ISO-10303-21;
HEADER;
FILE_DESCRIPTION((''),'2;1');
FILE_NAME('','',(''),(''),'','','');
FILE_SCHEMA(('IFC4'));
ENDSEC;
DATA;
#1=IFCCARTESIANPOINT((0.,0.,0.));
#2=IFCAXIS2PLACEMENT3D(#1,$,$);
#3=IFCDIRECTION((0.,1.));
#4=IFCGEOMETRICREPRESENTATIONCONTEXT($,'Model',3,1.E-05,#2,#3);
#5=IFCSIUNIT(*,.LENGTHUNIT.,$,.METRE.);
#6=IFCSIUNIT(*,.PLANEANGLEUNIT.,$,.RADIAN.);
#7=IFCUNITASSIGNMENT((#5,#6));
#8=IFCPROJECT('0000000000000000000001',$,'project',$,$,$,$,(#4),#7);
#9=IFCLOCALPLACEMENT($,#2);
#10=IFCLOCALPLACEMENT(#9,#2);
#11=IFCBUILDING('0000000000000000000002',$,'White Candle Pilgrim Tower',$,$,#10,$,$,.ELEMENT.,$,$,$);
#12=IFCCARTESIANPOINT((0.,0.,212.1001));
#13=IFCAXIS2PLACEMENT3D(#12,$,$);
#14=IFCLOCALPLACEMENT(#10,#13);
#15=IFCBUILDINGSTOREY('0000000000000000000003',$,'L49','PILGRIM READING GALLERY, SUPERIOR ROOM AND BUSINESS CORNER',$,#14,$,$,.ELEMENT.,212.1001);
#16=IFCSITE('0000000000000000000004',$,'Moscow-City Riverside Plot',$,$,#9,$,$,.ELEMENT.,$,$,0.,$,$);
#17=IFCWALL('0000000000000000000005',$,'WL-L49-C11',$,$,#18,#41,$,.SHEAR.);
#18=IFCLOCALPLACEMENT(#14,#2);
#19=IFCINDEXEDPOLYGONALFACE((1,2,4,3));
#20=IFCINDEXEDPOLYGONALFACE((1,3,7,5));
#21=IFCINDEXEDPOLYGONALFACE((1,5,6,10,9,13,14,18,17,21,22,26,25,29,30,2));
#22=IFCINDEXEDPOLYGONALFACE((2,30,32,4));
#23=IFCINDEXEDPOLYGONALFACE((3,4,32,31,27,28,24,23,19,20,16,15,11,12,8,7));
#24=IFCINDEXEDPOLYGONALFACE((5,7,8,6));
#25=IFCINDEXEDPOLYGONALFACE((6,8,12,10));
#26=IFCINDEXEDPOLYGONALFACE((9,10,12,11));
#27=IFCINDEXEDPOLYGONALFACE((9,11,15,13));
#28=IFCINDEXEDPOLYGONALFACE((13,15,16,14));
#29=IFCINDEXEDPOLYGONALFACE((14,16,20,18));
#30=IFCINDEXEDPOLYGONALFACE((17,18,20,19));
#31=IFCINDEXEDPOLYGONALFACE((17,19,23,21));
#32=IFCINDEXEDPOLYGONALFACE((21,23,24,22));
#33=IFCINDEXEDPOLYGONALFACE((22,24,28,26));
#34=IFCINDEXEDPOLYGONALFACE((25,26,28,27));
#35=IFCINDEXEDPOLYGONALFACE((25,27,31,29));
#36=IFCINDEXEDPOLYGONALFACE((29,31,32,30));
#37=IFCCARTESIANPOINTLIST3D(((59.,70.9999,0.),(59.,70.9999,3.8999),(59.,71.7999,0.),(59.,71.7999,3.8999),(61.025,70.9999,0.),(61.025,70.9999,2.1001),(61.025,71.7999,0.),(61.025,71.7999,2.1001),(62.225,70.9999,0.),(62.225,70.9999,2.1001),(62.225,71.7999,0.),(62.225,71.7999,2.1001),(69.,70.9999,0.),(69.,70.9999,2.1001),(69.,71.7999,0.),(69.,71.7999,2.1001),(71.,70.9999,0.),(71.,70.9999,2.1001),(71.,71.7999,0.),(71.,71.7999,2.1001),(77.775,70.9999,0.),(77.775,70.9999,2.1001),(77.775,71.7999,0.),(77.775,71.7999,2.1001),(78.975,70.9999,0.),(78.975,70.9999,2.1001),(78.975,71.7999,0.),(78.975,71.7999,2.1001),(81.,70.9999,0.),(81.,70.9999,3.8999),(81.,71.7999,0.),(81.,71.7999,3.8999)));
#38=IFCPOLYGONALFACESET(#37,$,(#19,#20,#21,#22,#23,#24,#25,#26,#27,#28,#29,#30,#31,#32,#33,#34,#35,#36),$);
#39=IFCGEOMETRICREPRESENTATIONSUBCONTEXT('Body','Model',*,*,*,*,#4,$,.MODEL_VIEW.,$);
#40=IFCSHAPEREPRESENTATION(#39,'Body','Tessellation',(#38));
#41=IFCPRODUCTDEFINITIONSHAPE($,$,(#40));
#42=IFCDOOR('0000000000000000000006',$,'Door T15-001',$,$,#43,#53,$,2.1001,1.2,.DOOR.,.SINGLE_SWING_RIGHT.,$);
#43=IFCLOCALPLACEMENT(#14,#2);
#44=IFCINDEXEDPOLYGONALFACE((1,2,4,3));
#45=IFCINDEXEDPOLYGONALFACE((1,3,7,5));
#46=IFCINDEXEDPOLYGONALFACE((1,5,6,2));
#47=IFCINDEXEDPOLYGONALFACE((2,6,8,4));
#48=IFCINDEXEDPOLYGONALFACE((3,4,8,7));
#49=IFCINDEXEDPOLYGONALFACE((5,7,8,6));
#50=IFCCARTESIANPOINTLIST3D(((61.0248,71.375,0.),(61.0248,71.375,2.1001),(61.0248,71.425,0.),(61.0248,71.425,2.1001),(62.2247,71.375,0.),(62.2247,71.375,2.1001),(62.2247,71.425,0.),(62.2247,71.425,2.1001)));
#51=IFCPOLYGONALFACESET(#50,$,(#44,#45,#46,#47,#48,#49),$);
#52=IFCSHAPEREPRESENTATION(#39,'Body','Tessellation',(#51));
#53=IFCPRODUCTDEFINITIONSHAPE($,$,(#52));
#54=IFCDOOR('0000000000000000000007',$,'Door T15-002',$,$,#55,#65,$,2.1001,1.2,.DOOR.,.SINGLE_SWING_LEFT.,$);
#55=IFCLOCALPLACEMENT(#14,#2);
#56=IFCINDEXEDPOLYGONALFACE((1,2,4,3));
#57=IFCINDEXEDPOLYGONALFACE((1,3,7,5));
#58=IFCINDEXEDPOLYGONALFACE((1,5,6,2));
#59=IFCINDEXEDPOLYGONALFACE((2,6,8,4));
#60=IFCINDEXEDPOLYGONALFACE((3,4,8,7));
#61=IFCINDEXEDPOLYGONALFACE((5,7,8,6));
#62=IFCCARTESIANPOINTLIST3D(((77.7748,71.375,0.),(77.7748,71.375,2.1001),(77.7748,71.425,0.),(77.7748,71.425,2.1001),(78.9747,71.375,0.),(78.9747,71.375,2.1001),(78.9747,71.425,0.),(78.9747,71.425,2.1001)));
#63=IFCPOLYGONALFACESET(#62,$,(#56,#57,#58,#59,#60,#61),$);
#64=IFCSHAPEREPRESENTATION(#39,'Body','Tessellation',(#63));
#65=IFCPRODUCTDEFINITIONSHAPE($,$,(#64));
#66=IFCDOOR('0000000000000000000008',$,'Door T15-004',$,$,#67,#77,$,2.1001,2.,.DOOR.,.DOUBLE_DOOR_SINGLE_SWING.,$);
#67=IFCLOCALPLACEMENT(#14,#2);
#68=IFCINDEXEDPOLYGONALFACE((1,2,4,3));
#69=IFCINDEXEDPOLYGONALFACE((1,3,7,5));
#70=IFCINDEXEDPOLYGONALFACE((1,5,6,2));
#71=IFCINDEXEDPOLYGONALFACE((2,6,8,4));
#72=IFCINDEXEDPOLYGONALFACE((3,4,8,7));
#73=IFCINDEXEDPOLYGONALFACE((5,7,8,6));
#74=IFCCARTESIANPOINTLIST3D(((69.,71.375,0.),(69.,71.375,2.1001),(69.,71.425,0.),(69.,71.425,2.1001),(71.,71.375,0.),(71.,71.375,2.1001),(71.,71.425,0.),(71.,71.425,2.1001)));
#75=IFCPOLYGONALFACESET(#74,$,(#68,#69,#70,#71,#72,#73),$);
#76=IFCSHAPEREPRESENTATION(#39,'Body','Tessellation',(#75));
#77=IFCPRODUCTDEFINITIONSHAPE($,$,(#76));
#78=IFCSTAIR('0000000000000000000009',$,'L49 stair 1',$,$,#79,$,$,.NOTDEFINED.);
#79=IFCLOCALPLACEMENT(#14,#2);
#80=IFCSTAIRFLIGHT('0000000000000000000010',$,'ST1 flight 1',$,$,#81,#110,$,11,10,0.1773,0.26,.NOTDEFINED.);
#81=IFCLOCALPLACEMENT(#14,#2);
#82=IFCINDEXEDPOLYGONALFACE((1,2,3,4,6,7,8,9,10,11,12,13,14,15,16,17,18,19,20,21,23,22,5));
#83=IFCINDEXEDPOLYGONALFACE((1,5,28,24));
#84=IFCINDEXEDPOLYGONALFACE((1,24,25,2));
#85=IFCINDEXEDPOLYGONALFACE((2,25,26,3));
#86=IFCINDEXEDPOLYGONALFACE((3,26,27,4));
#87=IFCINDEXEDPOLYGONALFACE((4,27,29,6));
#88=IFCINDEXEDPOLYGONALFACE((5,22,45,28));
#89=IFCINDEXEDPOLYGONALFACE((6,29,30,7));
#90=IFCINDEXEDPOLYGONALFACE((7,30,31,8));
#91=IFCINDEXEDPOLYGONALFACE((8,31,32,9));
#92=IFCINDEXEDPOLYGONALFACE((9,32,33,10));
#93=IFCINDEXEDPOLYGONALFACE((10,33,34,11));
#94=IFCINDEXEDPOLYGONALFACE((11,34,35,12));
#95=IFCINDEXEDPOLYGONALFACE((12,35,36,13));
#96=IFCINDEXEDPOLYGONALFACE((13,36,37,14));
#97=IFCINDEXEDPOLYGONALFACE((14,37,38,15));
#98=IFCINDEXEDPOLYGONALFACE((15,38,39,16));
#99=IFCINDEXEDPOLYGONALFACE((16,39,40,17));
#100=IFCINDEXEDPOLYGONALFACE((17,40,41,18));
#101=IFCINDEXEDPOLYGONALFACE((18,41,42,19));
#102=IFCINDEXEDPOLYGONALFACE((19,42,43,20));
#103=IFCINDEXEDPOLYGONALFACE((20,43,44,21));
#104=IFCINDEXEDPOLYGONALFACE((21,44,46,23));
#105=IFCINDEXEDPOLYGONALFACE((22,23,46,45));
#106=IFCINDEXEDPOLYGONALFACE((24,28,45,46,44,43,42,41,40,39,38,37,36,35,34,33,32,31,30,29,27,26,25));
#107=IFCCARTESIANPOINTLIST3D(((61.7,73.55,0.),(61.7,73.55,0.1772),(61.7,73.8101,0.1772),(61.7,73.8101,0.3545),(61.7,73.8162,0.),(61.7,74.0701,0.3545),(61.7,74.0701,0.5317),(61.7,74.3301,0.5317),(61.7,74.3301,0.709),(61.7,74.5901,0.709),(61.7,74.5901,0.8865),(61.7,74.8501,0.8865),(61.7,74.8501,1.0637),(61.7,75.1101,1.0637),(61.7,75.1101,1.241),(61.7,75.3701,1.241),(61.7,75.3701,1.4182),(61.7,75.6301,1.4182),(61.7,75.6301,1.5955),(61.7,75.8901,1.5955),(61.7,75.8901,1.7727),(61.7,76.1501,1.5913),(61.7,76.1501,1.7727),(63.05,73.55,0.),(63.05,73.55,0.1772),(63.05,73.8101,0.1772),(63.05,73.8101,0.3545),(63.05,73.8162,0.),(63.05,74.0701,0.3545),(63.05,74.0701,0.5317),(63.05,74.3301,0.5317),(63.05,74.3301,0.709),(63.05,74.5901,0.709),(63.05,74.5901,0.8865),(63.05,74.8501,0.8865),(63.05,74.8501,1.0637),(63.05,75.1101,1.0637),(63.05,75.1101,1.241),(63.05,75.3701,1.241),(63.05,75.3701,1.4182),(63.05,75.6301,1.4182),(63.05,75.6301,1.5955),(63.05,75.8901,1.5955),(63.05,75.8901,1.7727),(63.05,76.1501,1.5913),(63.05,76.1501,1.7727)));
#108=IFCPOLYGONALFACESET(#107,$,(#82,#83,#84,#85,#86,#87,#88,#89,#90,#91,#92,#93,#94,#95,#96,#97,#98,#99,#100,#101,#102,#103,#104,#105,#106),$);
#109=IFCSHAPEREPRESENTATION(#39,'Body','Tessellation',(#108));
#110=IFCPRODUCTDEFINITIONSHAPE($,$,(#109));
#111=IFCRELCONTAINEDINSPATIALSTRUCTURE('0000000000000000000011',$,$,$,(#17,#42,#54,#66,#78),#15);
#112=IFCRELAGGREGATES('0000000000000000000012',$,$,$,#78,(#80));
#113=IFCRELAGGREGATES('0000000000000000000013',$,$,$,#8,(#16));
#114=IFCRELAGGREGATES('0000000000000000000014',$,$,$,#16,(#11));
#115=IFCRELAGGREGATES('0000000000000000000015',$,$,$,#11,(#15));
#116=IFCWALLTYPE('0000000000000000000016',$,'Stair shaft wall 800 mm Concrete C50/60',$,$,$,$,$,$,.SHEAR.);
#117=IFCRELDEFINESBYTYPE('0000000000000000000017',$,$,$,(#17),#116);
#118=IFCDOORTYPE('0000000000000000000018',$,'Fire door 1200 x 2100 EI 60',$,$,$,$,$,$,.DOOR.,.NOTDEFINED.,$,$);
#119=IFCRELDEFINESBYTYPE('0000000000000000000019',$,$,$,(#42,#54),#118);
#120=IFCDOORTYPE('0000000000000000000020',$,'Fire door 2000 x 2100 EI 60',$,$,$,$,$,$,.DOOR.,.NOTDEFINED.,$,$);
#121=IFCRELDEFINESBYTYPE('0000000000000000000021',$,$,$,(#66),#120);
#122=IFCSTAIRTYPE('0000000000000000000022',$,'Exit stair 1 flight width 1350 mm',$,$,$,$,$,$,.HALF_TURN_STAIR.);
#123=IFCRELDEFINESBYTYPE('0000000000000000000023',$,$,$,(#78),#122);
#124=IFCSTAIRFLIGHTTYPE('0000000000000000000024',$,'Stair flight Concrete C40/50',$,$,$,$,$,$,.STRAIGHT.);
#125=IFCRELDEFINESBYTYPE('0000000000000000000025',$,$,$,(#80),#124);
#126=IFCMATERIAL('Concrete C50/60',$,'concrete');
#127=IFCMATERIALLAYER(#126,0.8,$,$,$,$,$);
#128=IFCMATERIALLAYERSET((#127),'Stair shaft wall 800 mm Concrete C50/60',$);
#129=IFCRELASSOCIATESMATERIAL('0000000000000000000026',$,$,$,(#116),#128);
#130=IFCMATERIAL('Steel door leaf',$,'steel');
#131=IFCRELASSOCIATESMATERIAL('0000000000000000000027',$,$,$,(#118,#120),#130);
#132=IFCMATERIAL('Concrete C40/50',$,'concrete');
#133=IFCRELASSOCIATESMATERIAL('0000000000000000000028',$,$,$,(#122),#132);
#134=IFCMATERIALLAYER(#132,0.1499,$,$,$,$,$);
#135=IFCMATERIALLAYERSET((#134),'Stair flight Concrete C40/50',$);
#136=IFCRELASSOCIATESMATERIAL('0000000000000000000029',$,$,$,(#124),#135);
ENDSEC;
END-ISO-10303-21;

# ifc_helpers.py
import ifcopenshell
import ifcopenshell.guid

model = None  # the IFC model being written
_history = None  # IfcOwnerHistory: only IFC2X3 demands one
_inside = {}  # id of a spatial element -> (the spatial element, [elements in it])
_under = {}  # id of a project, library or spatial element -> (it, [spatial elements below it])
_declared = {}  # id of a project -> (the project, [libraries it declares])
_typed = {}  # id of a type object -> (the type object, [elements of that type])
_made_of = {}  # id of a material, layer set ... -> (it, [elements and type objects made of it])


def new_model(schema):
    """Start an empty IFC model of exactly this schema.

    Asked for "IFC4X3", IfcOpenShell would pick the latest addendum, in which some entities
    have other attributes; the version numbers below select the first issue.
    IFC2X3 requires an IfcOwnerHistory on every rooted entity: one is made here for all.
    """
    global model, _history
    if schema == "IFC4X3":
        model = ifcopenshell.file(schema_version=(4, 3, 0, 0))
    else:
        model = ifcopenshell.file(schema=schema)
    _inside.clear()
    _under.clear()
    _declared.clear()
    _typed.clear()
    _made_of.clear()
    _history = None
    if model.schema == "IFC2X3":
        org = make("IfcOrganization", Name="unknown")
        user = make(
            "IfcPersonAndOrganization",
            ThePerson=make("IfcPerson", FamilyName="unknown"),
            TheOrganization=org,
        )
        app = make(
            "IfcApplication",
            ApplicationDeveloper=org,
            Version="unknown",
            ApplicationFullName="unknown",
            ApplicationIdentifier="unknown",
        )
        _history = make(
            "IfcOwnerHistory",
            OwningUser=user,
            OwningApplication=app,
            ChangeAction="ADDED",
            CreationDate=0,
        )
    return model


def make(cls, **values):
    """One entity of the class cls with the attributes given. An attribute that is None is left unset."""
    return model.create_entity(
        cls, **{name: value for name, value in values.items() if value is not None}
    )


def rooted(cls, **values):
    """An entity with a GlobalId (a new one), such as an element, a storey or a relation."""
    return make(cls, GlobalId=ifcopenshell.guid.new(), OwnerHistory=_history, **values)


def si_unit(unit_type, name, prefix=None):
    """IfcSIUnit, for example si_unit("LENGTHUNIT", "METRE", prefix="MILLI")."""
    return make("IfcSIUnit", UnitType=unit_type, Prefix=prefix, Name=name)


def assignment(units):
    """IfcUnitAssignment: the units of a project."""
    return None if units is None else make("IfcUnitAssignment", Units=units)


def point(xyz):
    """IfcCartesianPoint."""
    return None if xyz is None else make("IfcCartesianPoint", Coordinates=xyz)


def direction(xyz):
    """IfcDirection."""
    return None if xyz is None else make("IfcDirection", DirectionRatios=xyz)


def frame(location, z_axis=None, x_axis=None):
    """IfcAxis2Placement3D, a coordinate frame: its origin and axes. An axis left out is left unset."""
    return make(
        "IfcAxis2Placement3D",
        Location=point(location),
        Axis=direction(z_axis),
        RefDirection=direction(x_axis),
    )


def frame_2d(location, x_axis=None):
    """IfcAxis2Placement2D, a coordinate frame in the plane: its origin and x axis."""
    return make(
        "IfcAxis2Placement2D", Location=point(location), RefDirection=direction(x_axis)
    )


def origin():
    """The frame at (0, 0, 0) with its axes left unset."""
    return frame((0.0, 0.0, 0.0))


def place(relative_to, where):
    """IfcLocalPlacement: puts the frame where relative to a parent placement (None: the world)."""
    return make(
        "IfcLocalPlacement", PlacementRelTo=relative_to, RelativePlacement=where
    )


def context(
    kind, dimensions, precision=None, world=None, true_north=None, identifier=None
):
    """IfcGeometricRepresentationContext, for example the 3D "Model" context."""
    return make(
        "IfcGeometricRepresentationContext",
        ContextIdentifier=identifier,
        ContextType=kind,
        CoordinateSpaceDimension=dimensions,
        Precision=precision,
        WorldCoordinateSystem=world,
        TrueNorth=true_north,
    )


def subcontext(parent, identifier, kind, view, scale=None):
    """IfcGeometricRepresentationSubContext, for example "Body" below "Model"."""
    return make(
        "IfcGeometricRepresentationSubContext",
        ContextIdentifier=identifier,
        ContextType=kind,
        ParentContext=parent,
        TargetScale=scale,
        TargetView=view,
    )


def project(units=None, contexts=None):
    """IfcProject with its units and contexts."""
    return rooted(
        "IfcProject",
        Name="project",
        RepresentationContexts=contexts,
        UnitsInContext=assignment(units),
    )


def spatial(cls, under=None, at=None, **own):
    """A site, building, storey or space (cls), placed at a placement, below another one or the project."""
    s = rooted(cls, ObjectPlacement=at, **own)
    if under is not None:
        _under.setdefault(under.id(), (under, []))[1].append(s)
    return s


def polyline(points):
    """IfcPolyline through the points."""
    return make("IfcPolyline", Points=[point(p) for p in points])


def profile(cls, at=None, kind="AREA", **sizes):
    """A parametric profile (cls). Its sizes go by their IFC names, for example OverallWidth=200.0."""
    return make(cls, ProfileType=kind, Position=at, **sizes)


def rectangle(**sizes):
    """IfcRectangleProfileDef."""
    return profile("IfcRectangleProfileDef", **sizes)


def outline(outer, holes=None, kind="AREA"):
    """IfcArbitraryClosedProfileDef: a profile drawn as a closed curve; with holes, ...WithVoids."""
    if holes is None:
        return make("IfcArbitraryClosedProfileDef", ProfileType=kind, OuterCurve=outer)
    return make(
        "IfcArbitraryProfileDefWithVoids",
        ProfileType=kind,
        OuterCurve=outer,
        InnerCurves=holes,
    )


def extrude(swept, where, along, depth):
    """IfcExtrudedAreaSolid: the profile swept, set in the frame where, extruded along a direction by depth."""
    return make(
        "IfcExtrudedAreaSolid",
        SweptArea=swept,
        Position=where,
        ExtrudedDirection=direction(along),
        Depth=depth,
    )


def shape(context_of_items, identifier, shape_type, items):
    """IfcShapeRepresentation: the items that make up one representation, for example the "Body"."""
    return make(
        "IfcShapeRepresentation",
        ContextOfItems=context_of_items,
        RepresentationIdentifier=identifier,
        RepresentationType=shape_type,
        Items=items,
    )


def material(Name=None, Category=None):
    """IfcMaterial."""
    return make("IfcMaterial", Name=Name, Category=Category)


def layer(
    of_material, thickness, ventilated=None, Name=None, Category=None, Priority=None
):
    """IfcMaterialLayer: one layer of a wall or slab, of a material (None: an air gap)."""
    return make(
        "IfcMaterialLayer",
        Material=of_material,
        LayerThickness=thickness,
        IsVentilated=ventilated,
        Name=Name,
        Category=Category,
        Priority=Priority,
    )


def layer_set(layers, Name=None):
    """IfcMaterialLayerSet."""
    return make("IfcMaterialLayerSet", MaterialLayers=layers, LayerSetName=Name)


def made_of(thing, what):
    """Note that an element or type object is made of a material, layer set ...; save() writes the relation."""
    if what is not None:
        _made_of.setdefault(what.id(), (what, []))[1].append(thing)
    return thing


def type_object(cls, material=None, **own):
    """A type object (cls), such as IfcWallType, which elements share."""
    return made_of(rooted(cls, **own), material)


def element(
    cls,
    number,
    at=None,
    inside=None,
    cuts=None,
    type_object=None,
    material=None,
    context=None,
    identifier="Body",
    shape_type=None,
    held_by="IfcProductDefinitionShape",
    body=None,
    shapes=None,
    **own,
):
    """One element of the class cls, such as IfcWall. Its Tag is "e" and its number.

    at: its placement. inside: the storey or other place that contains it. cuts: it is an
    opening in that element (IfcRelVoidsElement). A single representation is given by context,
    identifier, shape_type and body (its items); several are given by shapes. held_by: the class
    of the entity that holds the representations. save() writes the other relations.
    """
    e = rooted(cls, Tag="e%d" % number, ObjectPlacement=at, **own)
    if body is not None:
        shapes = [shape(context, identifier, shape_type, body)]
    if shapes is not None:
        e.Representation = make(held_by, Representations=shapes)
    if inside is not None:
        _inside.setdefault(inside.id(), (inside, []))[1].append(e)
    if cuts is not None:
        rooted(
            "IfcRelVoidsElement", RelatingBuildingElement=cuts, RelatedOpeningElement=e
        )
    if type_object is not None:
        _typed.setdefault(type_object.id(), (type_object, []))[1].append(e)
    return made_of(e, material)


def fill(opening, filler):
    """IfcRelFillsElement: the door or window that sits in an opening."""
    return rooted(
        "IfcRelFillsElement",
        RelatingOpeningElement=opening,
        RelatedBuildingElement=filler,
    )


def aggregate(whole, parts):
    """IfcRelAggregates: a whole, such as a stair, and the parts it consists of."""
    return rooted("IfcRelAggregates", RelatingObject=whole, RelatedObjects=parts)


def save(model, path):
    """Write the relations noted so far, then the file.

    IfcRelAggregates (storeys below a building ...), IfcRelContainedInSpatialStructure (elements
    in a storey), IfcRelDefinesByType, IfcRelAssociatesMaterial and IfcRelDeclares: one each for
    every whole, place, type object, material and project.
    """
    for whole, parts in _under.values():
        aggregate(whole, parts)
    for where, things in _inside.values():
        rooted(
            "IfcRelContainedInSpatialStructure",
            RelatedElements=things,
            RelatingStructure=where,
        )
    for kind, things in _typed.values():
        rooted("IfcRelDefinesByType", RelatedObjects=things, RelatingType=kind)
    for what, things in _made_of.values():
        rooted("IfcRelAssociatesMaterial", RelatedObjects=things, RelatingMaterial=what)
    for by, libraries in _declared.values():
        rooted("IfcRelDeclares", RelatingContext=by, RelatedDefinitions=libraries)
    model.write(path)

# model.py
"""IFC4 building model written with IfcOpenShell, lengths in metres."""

from ifc_helpers import new_model, si_unit, direction, frame, frame_2d, origin, place, context, subcontext, project, spatial, polyline, rectangle, outline, extrude, material, layer, layer_set, type_object, element, fill, aggregate, save


model = new_model("IFC4")

# Units and contexts
model_context = context("Model", 3, precision=1e-05, world=origin(), true_north=direction((0.0, 1.0)))
body_context = subcontext(model_context, "Body", "Model", "MODEL_VIEW")
ifc_project = project(units=[si_unit("LENGTHUNIT", "METRE"), si_unit("PLANEANGLEUNIT", "RADIAN")], contexts=[model_context])

# Site, building, storey
site_placement = place(None, origin())
site = spatial("IfcSite", under=ifc_project, at=site_placement, Name="Moscow-City Riverside Plot", CompositionType="ELEMENT", RefElevation=0.0)
building_placement = place(site_placement, origin())
building = spatial("IfcBuilding", under=site, at=building_placement, Name="White Candle Pilgrim Tower", CompositionType="ELEMENT")
storey_placement = place(building_placement, frame((0.0, 0.0, 212.1001)))
storey = spatial("IfcBuildingStorey", under=building, at=storey_placement, Name="L49", Description="PILGRIM READING GALLERY, SUPERIOR ROOM AND BUSINESS CORNER", CompositionType="ELEMENT", Elevation=212.1001)

# Shared definitions
ifc_material_1 = material(Name="Steel door leaf", Category="steel")

# Shared definitions
ifc_material_2 = material(Name="Concrete C50/60", Category="concrete")

# Wall, openings, doors
ifc_layer_1 = layer(ifc_material_2, 0.8)
ifc_layer_set_1 = layer_set([ifc_layer_1], Name="Stair shaft wall 800 mm Concrete C50/60")
wall_type_1 = type_object("IfcWallType", Name="Stair shaft wall 800 mm Concrete C50/60", PredefinedType="SHEAR", material=ifc_layer_set_1)
wall_1_placement = place(storey_placement, frame((59.0, 71.3999, 0.0), z_axis=(0.0, 0.0, 1.0), x_axis=(1.0, 0.0, 0.0)))
wall_1 = element("IfcWall", 1, at=wall_1_placement, inside=storey, type_object=wall_type_1, Name="WL-L49-C11", PredefinedType="SHEAR", context=body_context, shape_type="SweptSolid", body=[
    extrude(rectangle(XDim=22.0, YDim=0.8, at=frame_2d((11.0, 0.0))), origin(), (0.0, 0.0, 1.0), 3.8999),
])
opening_1_placement = place(wall_1_placement, frame((2.0249, 0.0, 0.0)))
opening_1 = element("IfcOpeningElement", 2, at=opening_1_placement, cuts=wall_1, PredefinedType="OPENING", context=body_context, shape_type="SweptSolid", body=[
    extrude(rectangle(XDim=1.2, YDim=2.1001, at=frame_2d((0.6001, 1.05))), frame((0.0, 0.4099, 0.0), z_axis=(0.0, -1.0, 0.0), x_axis=(1.0, 0.0, 0.0)), (0.0, 0.0, 1.0), 0.8201),
])
opening_2_placement = place(wall_1_placement, frame((18.7749, 0.0, 0.0)))
opening_2 = element("IfcOpeningElement", 3, at=opening_2_placement, cuts=wall_1, PredefinedType="OPENING", context=body_context, shape_type="SweptSolid", body=[
    extrude(rectangle(XDim=1.2, YDim=2.1001, at=frame_2d((0.6001, 1.05))), frame((0.0, 0.4099, 0.0), z_axis=(0.0, -1.0, 0.0), x_axis=(1.0, 0.0, 0.0)), (0.0, 0.0, 1.0), 0.8201),
])
opening_3_placement = place(wall_1_placement, frame((10.0, 0.0, 0.0)))
opening_3 = element("IfcOpeningElement", 4, at=opening_3_placement, cuts=wall_1, PredefinedType="OPENING", context=body_context, shape_type="SweptSolid", body=[
    extrude(rectangle(XDim=2.0, YDim=2.1001, at=frame_2d((1.0, 1.05))), frame((0.0, 0.4099, 0.0), z_axis=(0.0, -1.0, 0.0), x_axis=(1.0, 0.0, 0.0)), (0.0, 0.0, 1.0), 0.8201),
])
door_type_1 = type_object("IfcDoorType", Name="Fire door 1200 x 2100 EI 60", OperationType="NOTDEFINED", PredefinedType="DOOR", material=ifc_material_1)
door_1_placement = place(opening_1_placement, frame((1.2, 0.0, 0.0), z_axis=(0.0, 0.0, 1.0), x_axis=(-1.0, 0.0, 0.0)))
door_1 = element("IfcDoor", 5, at=door_1_placement, inside=storey, type_object=door_type_1, Name="Door T15-001", OperationType="SINGLE_SWING_RIGHT", OverallHeight=2.1001, OverallWidth=1.2, PredefinedType="DOOR", context=body_context, shape_type="SweptSolid", body=[
    extrude(rectangle(XDim=1.2, YDim=2.1001, at=frame_2d((0.6001, 1.05))), frame((0.0, 0.0249, 0.0), z_axis=(0.0, -1.0, 0.0), x_axis=(1.0, 0.0, 0.0)), (0.0, 0.0, 1.0), 0.05),
])
fill(opening_1, door_1)
door_2_placement = place(opening_2_placement, frame((1.2, 0.0, 0.0), z_axis=(0.0, 0.0, 1.0), x_axis=(-1.0, 0.0, 0.0)))
door_2 = element("IfcDoor", 6, at=door_2_placement, inside=storey, type_object=door_type_1, Name="Door T15-002", OperationType="SINGLE_SWING_LEFT", OverallHeight=2.1001, OverallWidth=1.2, PredefinedType="DOOR", context=body_context, shape_type="SweptSolid", body=[
    extrude(rectangle(XDim=1.2, YDim=2.1001, at=frame_2d((0.6001, 1.05))), frame((0.0, 0.0249, 0.0), z_axis=(0.0, -1.0, 0.0), x_axis=(1.0, 0.0, 0.0)), (0.0, 0.0, 1.0), 0.05),
])
fill(opening_2, door_2)
door_type_2 = type_object("IfcDoorType", Name="Fire door 2000 x 2100 EI 60", OperationType="NOTDEFINED", PredefinedType="DOOR", material=ifc_material_1)
door_3_placement = place(opening_3_placement, frame((2.0, 0.0, 0.0), z_axis=(0.0, 0.0, 1.0), x_axis=(-1.0, 0.0, 0.0)))
door_3 = element("IfcDoor", 7, at=door_3_placement, inside=storey, type_object=door_type_2, Name="Door T15-004", OperationType="DOUBLE_DOOR_SINGLE_SWING", OverallHeight=2.1001, OverallWidth=2.0, PredefinedType="DOOR", context=body_context, shape_type="SweptSolid", body=[
    extrude(rectangle(XDim=2.0, YDim=2.1001, at=frame_2d((1.0, 1.05))), frame((0.0, 0.0249, 0.0), z_axis=(0.0, -1.0, 0.0), x_axis=(1.0, 0.0, 0.0)), (0.0, 0.0, 1.0), 0.05),
])
fill(opening_3, door_3)

# Stair, stair flight
ifc_material_3 = material(Name="Concrete C40/50", Category="concrete")
stair_type = type_object("IfcStairType", Name="Exit stair 1 flight width 1350 mm", PredefinedType="HALF_TURN_STAIR", material=ifc_material_3)
stair_placement = place(storey_placement, origin())
stair = element("IfcStair", 8, at=stair_placement, inside=storey, type_object=stair_type, Name="L49 stair 1", PredefinedType="NOTDEFINED")
ifc_layer_2 = layer(ifc_material_3, 0.1499)
ifc_layer_set_2 = layer_set([ifc_layer_2], Name="Stair flight Concrete C40/50")
stair_flight_type = type_object("IfcStairFlightType", Name="Stair flight Concrete C40/50", PredefinedType="STRAIGHT", material=ifc_layer_set_2)
stair_flight_placement = place(storey_placement, frame((62.375, 73.55, 0.0), z_axis=(0.0, 0.0, 1.0), x_axis=(0.0, 1.0, 0.0)))
stair_flight = element("IfcStairFlight", 9, at=stair_flight_placement, type_object=stair_flight_type, Name="ST1 flight 1", NumberOfRisers=11, NumberOfTreads=10, PredefinedType="NOTDEFINED", RiserHeight=0.1773, TreadLength=0.26, context=body_context, shape_type="SweptSolid", body=[
    extrude(outline(polyline([(0.0, 0.0), (0.0, 0.1772), (0.26, 0.1772), (0.26, 0.3545), (0.52, 0.3545), (0.52, 0.5317), (0.78, 0.5317), (0.78, 0.709), (1.04, 0.709), (1.04, 0.8865), (1.3, 0.8865), (1.3, 1.0637), (1.5601, 1.0637), (1.5601, 1.241), (1.8201, 1.241), (1.8201, 1.4182), (2.0801, 1.4182), (2.0801, 1.5955), (2.3401, 1.5955), (2.3401, 1.7727), (2.6001, 1.7727), (2.6001, 1.95), (2.6001, 1.5913), (0.2661, 0.0), (0.0, 0.0)])), frame((0.0, 0.675, 0.0), z_axis=(0.0, -1.0, 0.0), x_axis=(1.0, 0.0, 0.0)), (0.0, 0.0, 1.0), 1.3501),
])
aggregate(stair, [stair_flight])

save(model, "model.ifc")
